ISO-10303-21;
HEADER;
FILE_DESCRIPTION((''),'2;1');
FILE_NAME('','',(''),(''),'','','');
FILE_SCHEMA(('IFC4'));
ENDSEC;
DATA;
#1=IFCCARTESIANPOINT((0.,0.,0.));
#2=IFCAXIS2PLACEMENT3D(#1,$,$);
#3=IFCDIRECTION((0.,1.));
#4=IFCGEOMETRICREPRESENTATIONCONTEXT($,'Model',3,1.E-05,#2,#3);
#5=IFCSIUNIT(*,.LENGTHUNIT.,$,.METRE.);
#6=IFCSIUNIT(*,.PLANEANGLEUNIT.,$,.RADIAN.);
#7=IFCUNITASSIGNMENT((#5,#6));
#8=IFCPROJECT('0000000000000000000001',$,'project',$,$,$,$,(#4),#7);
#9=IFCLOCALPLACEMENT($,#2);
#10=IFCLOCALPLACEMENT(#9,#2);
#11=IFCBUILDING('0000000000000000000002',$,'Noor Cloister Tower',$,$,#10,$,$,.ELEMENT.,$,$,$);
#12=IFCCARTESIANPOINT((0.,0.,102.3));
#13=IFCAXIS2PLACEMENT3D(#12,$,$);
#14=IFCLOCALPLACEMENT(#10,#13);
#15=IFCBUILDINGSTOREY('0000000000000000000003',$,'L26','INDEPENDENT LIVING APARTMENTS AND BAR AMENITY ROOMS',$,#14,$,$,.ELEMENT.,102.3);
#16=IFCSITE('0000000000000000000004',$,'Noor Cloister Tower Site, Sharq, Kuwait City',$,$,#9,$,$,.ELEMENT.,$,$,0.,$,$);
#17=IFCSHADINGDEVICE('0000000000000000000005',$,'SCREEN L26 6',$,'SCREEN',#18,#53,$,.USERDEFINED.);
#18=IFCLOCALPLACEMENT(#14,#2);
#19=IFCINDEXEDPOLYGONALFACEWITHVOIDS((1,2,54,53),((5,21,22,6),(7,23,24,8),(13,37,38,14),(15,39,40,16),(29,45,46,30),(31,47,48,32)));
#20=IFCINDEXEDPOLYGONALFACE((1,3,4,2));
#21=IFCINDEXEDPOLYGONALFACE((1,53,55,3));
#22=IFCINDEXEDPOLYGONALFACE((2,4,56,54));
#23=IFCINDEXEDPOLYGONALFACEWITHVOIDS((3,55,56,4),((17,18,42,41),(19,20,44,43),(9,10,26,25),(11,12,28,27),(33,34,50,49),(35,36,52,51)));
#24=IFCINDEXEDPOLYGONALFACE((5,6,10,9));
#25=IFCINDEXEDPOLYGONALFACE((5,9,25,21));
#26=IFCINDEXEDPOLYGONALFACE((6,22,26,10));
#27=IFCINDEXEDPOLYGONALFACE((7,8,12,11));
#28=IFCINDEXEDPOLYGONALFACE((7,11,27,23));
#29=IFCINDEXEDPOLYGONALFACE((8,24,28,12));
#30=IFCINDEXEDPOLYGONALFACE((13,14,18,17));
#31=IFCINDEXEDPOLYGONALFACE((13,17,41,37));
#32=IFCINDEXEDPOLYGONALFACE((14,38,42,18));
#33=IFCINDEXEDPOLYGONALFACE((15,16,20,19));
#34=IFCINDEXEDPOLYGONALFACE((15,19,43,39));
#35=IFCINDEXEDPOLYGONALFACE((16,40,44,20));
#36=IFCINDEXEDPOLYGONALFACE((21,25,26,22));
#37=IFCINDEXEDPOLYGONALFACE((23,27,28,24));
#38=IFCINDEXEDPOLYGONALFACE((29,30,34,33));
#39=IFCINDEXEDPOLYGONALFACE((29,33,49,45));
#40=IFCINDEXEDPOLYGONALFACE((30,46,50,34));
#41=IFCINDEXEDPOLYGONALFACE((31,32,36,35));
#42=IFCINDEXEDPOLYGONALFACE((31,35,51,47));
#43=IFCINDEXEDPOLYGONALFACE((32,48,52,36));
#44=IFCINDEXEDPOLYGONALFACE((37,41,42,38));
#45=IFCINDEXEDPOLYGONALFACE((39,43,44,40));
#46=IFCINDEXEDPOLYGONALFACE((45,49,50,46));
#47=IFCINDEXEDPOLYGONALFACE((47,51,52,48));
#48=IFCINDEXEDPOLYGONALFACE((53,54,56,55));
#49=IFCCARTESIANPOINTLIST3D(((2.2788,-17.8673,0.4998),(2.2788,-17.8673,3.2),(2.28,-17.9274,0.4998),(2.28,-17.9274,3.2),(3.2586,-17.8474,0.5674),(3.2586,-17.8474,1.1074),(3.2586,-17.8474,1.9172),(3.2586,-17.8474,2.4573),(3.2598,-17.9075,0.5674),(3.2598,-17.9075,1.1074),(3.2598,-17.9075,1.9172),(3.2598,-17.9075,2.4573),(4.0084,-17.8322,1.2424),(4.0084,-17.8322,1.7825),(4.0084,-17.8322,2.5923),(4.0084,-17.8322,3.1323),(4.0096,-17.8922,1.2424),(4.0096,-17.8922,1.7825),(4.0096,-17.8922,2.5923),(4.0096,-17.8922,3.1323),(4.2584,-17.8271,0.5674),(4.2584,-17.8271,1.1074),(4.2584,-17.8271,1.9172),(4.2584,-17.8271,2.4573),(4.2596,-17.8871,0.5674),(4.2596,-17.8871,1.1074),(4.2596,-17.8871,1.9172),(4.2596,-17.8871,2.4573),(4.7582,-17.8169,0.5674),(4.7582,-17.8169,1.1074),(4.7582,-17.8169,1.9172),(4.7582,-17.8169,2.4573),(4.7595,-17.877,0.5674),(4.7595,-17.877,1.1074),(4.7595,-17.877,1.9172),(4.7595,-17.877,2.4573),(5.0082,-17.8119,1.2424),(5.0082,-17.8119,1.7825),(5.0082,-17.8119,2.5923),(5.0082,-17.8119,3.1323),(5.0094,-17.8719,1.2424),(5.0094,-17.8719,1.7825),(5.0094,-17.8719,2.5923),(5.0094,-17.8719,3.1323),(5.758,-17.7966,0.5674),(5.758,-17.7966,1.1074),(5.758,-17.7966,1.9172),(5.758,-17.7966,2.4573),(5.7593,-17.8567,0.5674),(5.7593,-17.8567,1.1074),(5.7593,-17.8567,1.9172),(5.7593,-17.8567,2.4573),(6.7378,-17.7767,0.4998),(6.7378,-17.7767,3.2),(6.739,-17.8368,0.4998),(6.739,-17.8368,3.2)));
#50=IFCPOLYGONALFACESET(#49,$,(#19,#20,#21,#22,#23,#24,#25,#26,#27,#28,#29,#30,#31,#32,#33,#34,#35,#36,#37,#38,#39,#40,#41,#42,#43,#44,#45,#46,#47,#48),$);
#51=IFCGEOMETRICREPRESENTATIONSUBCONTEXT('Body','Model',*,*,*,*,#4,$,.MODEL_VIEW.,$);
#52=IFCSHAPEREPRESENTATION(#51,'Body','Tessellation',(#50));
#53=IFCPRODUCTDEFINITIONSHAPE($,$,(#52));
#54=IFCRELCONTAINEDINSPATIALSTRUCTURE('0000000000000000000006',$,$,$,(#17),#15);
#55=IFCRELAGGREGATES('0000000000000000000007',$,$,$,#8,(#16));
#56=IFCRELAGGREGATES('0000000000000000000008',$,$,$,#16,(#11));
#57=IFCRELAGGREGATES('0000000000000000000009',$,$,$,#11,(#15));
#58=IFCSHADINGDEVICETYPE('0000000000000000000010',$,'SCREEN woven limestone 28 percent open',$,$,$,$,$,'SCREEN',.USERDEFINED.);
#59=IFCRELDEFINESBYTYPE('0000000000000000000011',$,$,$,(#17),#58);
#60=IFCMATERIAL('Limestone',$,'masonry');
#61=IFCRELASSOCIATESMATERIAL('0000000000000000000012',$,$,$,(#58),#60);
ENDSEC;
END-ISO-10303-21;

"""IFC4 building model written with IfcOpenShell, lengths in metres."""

from ifc_helpers import new_model, si_unit, direction, frame, origin, place, context, subcontext, project, spatial, polyline, outline, extrude, material, material_profile, profile_set, type_object, element, save


model = new_model("IFC4")

# Units and contexts
model_context = context("Model", 3, precision=1e-05, world=origin(), true_north=direction((0.0, 1.0)))
body_context = subcontext(model_context, "Body", "Model", "MODEL_VIEW")
ifc_project = project(units=[si_unit("LENGTHUNIT", "METRE"), si_unit("PLANEANGLEUNIT", "RADIAN")], contexts=[model_context])

# Site, building, storey
site_placement = place(None, origin())
site = spatial("IfcSite", under=ifc_project, at=site_placement, Name="Noor Cloister Tower Site, Sharq, Kuwait City", CompositionType="ELEMENT", RefElevation=0.0)
building_placement = place(site_placement, origin())
building = spatial("IfcBuilding", under=site, at=building_placement, Name="Noor Cloister Tower", CompositionType="ELEMENT")
storey_placement = place(building_placement, frame((0.0, 0.0, 102.3)))
storey = spatial("IfcBuildingStorey", under=building, at=storey_placement, Name="L26", Description="INDEPENDENT LIVING APARTMENTS AND BAR AMENITY ROOMS", CompositionType="ELEMENT", Elevation=102.3)

# Shading device
ifc_material_1 = material(Name="Limestone", Category="masonry")
ifc_material_profile_1 = material_profile(ifc_material_1, outline(polyline([(-2.23, -1.3501), (2.23, -1.3501), (2.23, 1.3501), (-2.23, 1.3501), (-2.23, -1.3501)]), holes=[polyline([(-1.25, -1.2825), (-0.25, -1.2825), (-0.25, -0.7424), (-1.25, -0.7424), (-1.25, -1.2825)]), polyline([(0.25, -1.2825), (1.25, -1.2825), (1.25, -0.7424), (0.25, -0.7424), (0.25, -1.2825)]), polyline([(-0.5, -0.6074), (0.5, -0.6074), (0.5, -0.0674), (-0.5, -0.0674), (-0.5, -0.6074)]), polyline([(-1.25, 0.0674), (-0.25, 0.0674), (-0.25, 0.6074), (-1.25, 0.6074), (-1.25, 0.0674)]), polyline([(0.25, 0.0674), (1.25, 0.0674), (1.25, 0.6074), (0.25, 0.6074), (0.25, 0.0674)]), polyline([(-0.5, 0.7424), (0.5, 0.7424), (0.5, 1.2825), (-0.5, 1.2825), (-0.5, 0.7424)])]), Name="Woven screen 28 percent open")
ifc_profile_set_1 = profile_set([ifc_material_profile_1], Name="Limestone")
shading_device_type = type_object("IfcShadingDeviceType", Name="SCREEN woven limestone 28 percent open", ElementType="SCREEN", PredefinedType="USERDEFINED", material=ifc_profile_set_1)
for number, where, z_axis, x_axis, name in (
    (1, (4.5083, -17.822, 1.8499), (0.020321, -0.999794, 0.0), (0.999794, 0.020321, 0.0), "SCREEN L26 6"),
):
    element("IfcShadingDevice", number, at=place(storey_placement, frame(where, z_axis=z_axis, x_axis=x_axis)), inside=storey, type_object=shading_device_type, Name=name, ObjectType="SCREEN", PredefinedType="USERDEFINED", context=body_context, shape_type="SweptSolid", body=[
        extrude(outline(polyline([(-2.23, -1.3501), (2.23, -1.3501), (2.23, 1.3501), (-2.23, 1.3501), (-2.23, -1.3501)]), holes=[polyline([(-1.25, -1.2825), (-0.25, -1.2825), (-0.25, -0.7424), (-1.25, -0.7424), (-1.25, -1.2825)]), polyline([(0.25, -1.2825), (1.25, -1.2825), (1.25, -0.7424), (0.25, -0.7424), (0.25, -1.2825)]), polyline([(-0.5, -0.6074), (0.5, -0.6074), (0.5, -0.0674), (-0.5, -0.0674), (-0.5, -0.6074)]), polyline([(-1.25, 0.0674), (-0.25, 0.0674), (-0.25, 0.6074), (-1.25, 0.6074), (-1.25, 0.0674)]), polyline([(0.25, 0.0674), (1.25, 0.0674), (1.25, 0.6074), (0.25, 0.6074), (0.25, 0.0674)]), polyline([(-0.5, 0.7424), (0.5, 0.7424), (0.5, 1.2825), (-0.5, 1.2825), (-0.5, 0.7424)])]), origin(), (0.0, 0.0, 1.0), 0.0601),
    ])

save(model, "model.ifc")
